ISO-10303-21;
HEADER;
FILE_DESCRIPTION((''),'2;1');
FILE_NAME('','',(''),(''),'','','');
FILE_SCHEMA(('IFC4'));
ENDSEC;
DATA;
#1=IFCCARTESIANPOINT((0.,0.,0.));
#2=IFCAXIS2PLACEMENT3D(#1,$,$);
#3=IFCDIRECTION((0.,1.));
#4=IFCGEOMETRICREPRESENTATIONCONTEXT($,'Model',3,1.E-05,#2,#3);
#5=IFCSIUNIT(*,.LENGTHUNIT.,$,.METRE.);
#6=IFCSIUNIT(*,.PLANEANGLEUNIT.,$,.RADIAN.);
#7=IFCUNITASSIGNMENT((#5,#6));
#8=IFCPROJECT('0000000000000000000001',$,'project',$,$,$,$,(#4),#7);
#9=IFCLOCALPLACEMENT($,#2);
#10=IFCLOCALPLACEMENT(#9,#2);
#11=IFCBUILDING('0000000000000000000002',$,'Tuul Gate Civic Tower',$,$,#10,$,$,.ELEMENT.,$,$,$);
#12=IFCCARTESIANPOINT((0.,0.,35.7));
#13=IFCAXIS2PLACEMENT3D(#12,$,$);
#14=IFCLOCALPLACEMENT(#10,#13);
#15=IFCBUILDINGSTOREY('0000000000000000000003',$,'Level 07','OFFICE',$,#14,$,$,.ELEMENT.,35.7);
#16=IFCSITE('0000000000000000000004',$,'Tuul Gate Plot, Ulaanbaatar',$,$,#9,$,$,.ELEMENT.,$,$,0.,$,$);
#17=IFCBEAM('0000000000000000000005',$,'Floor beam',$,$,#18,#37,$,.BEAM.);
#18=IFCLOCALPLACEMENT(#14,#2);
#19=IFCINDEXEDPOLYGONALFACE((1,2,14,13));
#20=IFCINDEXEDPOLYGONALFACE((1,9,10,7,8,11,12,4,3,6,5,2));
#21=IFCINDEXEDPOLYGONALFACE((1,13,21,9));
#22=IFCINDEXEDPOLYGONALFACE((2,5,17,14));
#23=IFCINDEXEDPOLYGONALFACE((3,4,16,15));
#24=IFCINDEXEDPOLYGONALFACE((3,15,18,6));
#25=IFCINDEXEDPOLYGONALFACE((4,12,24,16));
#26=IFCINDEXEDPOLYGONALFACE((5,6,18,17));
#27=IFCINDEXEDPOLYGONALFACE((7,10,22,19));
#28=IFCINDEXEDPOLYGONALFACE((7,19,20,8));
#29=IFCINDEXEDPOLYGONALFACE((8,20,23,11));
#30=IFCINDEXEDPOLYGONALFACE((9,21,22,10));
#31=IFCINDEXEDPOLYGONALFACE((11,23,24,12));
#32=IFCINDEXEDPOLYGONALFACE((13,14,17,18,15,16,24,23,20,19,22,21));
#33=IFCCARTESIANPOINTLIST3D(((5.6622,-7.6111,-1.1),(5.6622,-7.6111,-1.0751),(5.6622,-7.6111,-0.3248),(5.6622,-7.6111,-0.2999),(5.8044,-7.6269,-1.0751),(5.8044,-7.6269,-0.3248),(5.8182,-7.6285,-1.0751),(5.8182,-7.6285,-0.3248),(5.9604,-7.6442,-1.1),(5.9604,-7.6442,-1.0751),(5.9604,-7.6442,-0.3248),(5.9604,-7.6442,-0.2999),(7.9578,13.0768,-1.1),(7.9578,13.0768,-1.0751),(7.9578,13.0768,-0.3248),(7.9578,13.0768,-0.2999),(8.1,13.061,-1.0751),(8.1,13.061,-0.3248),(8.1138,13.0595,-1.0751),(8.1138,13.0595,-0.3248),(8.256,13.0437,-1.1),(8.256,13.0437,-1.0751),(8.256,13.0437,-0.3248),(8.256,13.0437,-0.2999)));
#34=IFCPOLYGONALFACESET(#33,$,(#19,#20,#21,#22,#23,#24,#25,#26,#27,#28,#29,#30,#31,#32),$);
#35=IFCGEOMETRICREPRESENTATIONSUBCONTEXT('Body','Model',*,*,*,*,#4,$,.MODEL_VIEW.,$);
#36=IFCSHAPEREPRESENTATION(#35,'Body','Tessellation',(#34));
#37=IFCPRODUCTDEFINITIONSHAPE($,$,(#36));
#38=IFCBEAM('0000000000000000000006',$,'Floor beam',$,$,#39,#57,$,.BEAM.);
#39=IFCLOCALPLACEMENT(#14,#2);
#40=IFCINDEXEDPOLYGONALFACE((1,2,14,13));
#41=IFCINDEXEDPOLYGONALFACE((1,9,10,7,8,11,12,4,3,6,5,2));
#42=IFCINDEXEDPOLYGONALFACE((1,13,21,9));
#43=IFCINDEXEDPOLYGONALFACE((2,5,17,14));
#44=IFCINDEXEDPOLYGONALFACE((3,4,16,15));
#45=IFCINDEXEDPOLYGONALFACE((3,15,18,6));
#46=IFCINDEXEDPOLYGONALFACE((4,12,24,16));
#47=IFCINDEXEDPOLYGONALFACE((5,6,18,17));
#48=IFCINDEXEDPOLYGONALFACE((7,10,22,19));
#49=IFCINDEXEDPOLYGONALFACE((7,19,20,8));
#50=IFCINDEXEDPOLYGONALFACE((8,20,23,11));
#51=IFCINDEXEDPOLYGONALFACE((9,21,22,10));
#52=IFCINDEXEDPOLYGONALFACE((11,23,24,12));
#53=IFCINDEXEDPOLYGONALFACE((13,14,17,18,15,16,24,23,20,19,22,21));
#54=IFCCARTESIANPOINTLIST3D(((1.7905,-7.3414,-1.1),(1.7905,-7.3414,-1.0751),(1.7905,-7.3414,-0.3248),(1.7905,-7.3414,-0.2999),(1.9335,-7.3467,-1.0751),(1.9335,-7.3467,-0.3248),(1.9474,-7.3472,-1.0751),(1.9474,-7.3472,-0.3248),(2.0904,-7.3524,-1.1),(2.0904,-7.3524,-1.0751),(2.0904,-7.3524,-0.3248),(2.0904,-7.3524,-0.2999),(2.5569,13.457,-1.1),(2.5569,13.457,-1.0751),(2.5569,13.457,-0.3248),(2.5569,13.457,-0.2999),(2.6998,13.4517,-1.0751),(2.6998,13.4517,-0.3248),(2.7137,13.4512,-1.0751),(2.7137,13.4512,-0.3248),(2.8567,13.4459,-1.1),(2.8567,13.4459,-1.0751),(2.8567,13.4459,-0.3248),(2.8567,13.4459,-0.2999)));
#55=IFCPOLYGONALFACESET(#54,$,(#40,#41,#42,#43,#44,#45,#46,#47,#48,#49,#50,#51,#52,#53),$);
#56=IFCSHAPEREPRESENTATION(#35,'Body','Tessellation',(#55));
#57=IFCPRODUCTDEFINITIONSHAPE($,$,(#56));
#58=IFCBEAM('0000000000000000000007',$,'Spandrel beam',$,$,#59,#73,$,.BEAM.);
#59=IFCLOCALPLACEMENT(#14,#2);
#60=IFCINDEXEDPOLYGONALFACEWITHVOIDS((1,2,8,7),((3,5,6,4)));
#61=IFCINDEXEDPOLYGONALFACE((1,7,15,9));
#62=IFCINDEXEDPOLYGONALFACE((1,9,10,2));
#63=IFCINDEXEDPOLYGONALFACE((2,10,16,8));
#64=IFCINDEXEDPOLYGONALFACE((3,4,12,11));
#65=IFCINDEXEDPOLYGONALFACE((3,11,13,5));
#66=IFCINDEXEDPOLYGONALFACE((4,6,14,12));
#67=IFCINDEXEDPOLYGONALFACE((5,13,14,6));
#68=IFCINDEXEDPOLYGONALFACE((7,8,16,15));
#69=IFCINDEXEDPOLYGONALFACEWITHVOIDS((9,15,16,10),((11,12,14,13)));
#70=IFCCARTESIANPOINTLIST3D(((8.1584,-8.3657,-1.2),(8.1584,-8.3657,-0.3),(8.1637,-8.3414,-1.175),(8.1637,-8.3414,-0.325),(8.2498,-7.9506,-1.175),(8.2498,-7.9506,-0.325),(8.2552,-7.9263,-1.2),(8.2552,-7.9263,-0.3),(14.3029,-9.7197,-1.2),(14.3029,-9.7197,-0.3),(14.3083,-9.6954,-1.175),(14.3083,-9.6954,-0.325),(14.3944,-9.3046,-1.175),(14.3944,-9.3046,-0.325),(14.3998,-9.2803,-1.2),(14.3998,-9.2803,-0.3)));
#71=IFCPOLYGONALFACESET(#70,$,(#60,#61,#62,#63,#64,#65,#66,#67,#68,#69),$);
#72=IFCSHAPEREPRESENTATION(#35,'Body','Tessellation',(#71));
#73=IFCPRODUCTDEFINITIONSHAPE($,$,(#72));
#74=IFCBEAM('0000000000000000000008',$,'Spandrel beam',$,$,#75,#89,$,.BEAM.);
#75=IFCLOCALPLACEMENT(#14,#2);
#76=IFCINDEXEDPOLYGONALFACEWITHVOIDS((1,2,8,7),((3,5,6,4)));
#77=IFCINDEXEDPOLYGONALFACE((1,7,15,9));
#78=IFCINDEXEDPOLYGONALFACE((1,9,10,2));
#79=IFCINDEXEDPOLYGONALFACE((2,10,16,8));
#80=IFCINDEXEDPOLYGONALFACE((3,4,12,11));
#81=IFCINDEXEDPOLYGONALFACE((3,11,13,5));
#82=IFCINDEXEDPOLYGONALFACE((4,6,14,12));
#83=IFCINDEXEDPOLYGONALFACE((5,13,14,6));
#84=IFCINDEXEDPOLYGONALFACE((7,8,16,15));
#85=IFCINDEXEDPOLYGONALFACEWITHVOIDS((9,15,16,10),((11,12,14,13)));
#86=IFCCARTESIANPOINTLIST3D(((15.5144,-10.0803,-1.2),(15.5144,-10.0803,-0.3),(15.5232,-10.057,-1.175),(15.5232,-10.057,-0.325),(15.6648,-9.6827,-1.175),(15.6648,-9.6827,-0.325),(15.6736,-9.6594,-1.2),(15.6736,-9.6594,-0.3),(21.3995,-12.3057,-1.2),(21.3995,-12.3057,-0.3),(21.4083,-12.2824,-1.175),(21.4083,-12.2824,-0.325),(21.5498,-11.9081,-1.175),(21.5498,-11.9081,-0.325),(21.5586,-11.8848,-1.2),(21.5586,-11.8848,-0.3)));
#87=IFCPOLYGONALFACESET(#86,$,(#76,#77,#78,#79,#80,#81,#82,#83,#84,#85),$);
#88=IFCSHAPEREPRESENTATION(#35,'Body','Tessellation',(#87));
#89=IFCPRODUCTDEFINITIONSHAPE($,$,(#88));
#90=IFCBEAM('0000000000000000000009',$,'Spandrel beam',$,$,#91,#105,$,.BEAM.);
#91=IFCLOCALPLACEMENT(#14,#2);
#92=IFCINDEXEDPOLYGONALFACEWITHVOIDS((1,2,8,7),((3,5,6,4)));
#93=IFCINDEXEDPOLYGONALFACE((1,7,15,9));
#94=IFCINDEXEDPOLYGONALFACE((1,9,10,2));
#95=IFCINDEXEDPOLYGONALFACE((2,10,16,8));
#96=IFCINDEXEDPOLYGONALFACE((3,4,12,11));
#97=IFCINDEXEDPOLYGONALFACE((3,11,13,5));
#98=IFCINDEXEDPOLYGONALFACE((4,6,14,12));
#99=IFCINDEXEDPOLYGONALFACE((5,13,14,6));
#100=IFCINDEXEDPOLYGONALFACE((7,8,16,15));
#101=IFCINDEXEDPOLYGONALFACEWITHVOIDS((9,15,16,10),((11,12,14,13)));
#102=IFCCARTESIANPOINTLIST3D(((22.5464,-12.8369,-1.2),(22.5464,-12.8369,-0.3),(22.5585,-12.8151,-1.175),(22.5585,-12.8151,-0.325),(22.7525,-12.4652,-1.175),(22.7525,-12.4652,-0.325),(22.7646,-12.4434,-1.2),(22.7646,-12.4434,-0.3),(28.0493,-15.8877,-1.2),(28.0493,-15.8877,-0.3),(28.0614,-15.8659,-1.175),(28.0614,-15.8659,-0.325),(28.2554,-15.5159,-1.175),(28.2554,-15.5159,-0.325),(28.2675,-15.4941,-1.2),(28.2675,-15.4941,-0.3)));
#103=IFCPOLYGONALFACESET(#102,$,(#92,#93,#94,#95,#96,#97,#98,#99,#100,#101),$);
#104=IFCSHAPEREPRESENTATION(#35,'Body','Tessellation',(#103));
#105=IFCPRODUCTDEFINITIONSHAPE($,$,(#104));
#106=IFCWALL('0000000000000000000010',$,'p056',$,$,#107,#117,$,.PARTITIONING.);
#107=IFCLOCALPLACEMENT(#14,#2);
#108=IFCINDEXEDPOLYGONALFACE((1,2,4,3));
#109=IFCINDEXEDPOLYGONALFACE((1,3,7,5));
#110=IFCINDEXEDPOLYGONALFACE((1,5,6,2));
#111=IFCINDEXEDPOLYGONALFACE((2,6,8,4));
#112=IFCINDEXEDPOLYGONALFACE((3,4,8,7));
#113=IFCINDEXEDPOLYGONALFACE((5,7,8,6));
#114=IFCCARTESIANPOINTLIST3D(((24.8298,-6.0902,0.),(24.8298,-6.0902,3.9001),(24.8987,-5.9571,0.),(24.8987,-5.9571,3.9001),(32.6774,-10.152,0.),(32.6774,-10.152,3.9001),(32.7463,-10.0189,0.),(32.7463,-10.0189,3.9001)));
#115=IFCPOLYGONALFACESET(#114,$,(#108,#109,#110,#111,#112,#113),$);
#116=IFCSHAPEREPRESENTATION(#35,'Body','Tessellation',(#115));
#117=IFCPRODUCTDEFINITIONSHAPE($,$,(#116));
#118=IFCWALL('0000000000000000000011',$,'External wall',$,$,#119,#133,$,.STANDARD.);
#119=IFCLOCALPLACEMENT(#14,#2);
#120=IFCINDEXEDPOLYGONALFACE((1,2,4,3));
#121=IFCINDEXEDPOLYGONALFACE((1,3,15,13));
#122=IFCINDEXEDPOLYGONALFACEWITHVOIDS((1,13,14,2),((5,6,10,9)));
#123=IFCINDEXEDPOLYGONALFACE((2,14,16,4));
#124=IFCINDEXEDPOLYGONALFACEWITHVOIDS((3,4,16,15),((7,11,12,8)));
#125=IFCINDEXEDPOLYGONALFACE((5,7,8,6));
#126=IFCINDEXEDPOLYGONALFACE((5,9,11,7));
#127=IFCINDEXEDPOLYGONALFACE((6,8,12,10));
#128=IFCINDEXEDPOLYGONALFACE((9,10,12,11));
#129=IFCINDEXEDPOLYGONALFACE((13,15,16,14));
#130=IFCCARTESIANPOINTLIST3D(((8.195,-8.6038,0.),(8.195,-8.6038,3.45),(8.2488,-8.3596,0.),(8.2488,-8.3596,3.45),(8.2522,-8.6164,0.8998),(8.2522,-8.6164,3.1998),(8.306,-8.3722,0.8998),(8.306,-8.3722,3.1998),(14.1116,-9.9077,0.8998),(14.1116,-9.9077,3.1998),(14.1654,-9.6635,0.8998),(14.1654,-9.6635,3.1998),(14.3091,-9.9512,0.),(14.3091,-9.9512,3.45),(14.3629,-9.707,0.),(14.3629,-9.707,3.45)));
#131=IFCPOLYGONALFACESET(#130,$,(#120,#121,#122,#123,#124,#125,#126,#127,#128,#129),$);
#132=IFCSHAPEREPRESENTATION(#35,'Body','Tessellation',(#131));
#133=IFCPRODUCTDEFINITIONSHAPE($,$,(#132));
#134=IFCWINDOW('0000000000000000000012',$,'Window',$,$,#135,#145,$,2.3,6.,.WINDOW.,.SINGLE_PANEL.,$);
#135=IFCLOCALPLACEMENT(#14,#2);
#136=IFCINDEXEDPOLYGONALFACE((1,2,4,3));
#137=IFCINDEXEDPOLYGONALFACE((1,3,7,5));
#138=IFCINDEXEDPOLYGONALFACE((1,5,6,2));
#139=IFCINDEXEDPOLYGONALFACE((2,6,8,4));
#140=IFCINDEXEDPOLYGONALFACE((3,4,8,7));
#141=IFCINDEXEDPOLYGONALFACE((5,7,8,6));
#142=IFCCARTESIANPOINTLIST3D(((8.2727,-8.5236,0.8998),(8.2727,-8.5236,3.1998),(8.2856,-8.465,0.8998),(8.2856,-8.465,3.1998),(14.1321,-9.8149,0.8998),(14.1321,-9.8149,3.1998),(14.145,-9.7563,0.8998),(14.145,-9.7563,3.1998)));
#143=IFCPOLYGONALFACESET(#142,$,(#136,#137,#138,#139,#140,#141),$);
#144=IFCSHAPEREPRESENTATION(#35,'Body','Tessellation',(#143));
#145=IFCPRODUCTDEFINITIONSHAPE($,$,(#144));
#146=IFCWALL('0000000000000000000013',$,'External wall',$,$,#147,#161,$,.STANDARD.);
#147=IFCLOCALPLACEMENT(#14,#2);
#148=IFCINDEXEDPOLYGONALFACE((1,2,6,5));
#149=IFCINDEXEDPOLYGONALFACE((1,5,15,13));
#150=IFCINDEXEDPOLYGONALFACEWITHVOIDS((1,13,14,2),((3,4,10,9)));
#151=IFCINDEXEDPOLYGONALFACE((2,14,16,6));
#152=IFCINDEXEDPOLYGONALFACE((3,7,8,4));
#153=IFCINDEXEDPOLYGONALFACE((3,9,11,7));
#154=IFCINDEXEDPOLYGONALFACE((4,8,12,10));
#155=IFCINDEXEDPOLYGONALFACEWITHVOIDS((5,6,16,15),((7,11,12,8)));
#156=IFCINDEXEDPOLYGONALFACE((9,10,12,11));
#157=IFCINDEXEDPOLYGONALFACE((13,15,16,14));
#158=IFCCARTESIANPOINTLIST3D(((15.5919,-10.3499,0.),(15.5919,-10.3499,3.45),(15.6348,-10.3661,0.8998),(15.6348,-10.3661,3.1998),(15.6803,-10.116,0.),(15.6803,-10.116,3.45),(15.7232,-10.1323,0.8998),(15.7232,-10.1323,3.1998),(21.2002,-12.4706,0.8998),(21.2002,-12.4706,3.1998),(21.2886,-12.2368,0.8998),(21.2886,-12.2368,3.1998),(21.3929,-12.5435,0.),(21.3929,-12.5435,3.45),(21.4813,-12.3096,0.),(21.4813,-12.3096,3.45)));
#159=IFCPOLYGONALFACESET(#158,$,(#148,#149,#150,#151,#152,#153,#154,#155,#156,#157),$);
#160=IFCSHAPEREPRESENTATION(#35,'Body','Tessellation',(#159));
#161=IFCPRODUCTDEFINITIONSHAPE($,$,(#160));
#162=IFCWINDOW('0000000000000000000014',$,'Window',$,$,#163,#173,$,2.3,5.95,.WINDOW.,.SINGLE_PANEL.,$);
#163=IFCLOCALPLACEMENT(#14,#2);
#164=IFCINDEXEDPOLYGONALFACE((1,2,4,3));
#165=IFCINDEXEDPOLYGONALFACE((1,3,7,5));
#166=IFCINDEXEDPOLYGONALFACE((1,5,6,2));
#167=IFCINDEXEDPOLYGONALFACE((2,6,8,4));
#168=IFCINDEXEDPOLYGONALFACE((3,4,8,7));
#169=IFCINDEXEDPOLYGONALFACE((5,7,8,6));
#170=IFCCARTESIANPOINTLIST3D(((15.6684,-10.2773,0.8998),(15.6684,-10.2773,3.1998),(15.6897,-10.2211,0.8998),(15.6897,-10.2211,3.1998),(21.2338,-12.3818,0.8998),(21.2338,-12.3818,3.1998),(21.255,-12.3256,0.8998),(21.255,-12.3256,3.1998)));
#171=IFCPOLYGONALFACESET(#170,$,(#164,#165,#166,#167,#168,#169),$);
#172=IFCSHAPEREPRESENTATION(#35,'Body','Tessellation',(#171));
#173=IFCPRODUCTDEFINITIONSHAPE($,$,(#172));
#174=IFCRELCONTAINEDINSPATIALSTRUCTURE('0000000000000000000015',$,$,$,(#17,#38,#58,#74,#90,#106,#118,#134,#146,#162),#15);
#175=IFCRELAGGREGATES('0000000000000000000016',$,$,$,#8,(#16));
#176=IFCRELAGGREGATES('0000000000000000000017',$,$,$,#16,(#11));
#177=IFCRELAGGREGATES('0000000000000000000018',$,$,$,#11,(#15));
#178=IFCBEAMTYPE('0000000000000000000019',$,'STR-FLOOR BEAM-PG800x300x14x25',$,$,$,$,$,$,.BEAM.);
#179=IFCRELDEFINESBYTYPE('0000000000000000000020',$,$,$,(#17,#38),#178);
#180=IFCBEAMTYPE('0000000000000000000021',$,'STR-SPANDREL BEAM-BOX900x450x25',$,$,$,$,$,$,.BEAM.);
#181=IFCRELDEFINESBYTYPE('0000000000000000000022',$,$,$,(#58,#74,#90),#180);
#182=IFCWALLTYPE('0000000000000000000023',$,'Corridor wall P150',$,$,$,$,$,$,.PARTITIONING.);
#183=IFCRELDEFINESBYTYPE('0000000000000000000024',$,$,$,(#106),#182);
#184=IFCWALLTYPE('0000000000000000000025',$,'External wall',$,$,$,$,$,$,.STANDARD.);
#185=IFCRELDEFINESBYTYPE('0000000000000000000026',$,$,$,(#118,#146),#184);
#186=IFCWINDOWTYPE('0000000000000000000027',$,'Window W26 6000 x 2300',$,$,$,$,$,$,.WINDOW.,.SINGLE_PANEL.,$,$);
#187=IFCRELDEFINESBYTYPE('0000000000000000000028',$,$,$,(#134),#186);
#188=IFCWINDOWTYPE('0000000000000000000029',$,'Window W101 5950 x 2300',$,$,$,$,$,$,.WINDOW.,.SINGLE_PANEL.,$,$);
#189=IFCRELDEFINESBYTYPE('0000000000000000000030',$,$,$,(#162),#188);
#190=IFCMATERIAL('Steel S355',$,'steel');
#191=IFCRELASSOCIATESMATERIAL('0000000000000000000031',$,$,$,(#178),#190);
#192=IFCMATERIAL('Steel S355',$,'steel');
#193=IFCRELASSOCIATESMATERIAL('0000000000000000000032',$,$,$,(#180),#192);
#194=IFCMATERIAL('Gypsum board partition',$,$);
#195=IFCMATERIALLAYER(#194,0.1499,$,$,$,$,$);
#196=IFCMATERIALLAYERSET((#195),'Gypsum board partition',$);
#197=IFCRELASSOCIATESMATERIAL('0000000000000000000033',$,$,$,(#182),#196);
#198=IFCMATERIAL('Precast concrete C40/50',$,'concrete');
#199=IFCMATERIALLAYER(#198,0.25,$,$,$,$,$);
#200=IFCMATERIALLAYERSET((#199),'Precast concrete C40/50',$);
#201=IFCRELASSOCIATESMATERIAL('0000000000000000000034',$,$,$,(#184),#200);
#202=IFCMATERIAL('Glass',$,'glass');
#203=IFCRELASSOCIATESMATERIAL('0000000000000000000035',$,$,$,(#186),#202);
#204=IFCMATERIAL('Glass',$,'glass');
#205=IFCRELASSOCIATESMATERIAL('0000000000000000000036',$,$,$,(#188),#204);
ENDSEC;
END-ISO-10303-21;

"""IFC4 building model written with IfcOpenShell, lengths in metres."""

from ifc_helpers import new_model, si_unit, direction, frame, frame_2d, origin, origin_2d, place, context, subcontext, project, spatial, rectangle, hollow_rectangle, i_section, extrude, material, layer, layer_set, material_profile, profile_set, type_object, element, fill, save


model = new_model("IFC4")

# Units and contexts
model_context = context("Model", 3, precision=1e-05, world=origin(), true_north=direction((0.0, 1.0)))
body_context = subcontext(model_context, "Body", "Model", "MODEL_VIEW")
ifc_project = project(units=[si_unit("LENGTHUNIT", "METRE"), si_unit("PLANEANGLEUNIT", "RADIAN")], contexts=[model_context])

# Site, building, storey
site_placement = place(None, origin())
site = spatial("IfcSite", under=ifc_project, at=site_placement, Name="Tuul Gate Plot, Ulaanbaatar", CompositionType="ELEMENT", RefElevation=0.0)
building_placement = place(site_placement, origin())
building = spatial("IfcBuilding", under=site, at=building_placement, Name="Tuul Gate Civic Tower", CompositionType="ELEMENT")
storey_placement = place(building_placement, frame((0.0, 0.0, 35.7)))
storey = spatial("IfcBuildingStorey", under=building, at=storey_placement, Name="Level 07", Description="OFFICE", CompositionType="ELEMENT", Elevation=35.7)

# Beams
ifc_material_1 = material(Name="Steel S355", Category="steel")
ifc_material_profile_1 = material_profile(ifc_material_1, i_section(OverallWidth=0.3, OverallDepth=0.8, WebThickness=0.0139, FlangeThickness=0.0249, at=origin_2d()), Name="PG800x300x14x25")
ifc_profile_set_1 = profile_set([ifc_material_profile_1], Name="Steel S355")
beam_type_1 = type_object("IfcBeamType", Name="STR-FLOOR BEAM-PG800x300x14x25", PredefinedType="BEAM", material=ifc_profile_set_1)
beam_1_placement = place(storey_placement, frame((5.8113, -7.6277, -0.7), z_axis=(0.110289, 0.9939, 0.0), x_axis=(-0.9939, 0.110289, 0.0)))
element("IfcBeam", 1, at=beam_1_placement, inside=storey, type_object=beam_type_1, Name="Floor beam", PredefinedType="BEAM", context=body_context, shape_type="SweptSolid", body=[
    extrude(i_section(OverallWidth=0.3, OverallDepth=0.8, WebThickness=0.0139, FlangeThickness=0.0249, at=origin_2d()), origin(), (0.0, 0.0, 1.0), 20.8149),
])
beam_2_placement = place(storey_placement, frame((1.9404, -7.3469, -0.7), z_axis=(0.036822, 0.999322, 0.0), x_axis=(-0.999322, 0.036822, 0.0)))
element("IfcBeam", 2, at=beam_2_placement, inside=storey, type_object=beam_type_1, Name="Floor beam", PredefinedType="BEAM", context=body_context, shape_type="SweptSolid", body=[
    extrude(i_section(OverallWidth=0.3, OverallDepth=0.8, WebThickness=0.0139, FlangeThickness=0.0249, at=origin_2d()), origin(), (0.0, 0.0, 1.0), 20.8125),
])
ifc_material_2 = material(Name="Steel S355", Category="steel")
ifc_material_profile_2 = material_profile(ifc_material_2, hollow_rectangle(XDim=0.45, YDim=0.8999, WallThickness=0.0249, at=origin_2d()), Name="BOX900x450x25")
ifc_profile_set_2 = profile_set([ifc_material_profile_2], Name="Steel S355")
beam_type_2 = type_object("IfcBeamType", Name="STR-SPANDREL BEAM-BOX900x450x25", PredefinedType="BEAM", material=ifc_profile_set_2)
beam_3_placement = place(storey_placement, frame((8.2068, -8.146, -0.75), z_axis=(0.976571, -0.215196, 0.0), x_axis=(0.215196, 0.976571, 0.0)))
element("IfcBeam", 3, at=beam_3_placement, inside=storey, type_object=beam_type_2, Name="Spandrel beam", PredefinedType="BEAM", context=body_context, shape_type="SweptSolid", body=[
    extrude(hollow_rectangle(XDim=0.45, YDim=0.8999, WallThickness=0.0249, at=origin_2d()), origin(), (0.0, 0.0, 1.0), 6.292),
])
beam_4_placement = place(storey_placement, frame((15.594, -9.8699, -0.75), z_axis=(0.935361, -0.353695, 0.0), x_axis=(0.353695, 0.935361, 0.0)))
element("IfcBeam", 4, at=beam_4_placement, inside=storey, type_object=beam_type_2, Name="Spandrel beam", PredefinedType="BEAM", context=body_context, shape_type="SweptSolid", body=[
    extrude(hollow_rectangle(XDim=0.45, YDim=0.8999, WallThickness=0.0249, at=origin_2d()), origin(), (0.0, 0.0, 1.0), 6.2917),
])
beam_5_placement = place(storey_placement, frame((22.6555, -12.6401, -0.75), z_axis=(0.874589, -0.484865, 0.0), x_axis=(0.484865, 0.874589, 0.0)))
element("IfcBeam", 5, at=beam_5_placement, inside=storey, type_object=beam_type_2, Name="Spandrel beam", PredefinedType="BEAM", context=body_context, shape_type="SweptSolid", body=[
    extrude(hollow_rectangle(XDim=0.45, YDim=0.8999, WallThickness=0.0249, at=origin_2d()), origin(), (0.0, 0.0, 1.0), 6.292),
])

# Wall
ifc_material_3 = material(Name="Gypsum board partition")
ifc_layer_1 = layer(ifc_material_3, 0.1499)
ifc_layer_set_1 = layer_set([ifc_layer_1], Name="Gypsum board partition")
wall_type_1 = type_object("IfcWallType", Name="Corridor wall P150", PredefinedType="PARTITIONING", material=ifc_layer_set_1)
wall_1_placement = place(storey_placement, frame((24.8643, -6.0237, 0.0), z_axis=(0.0, 0.0, 1.0), x_axis=(0.888096, -0.459658, 0.0)))
element("IfcWall", 6, at=wall_1_placement, inside=storey, type_object=wall_type_1, Name="p056", PredefinedType="PARTITIONING", context=body_context, shape_type="SweptSolid", body=[
    extrude(rectangle(XDim=8.8364, YDim=0.1499, at=frame_2d((4.4182, 0.0))), origin(), (0.0, 0.0, 1.0), 3.9001),
])

# Walls, openings, windows
ifc_material_4 = material(Name="Precast concrete C40/50", Category="concrete")
ifc_layer_2 = layer(ifc_material_4, 0.25)
ifc_layer_set_2 = layer_set([ifc_layer_2], Name="Precast concrete C40/50")
wall_type_2 = type_object("IfcWallType", Name="External wall", PredefinedType="STANDARD", material=ifc_layer_set_2)
wall_2_placement = place(storey_placement, frame((8.2219, -8.4817, 0.0), z_axis=(0.0, 0.0, 1.0), x_axis=(0.976566, -0.215217, 0.0)))
wall_2 = element("IfcWall", 7, at=wall_2_placement, inside=storey, type_object=wall_type_2, Name="External wall", PredefinedType="STANDARD", context=body_context, shape_type="SweptSolid", body=[
    extrude(rectangle(XDim=6.2607, YDim=0.25, at=frame_2d((3.1304, 0.0))), origin(), (0.0, 0.0, 1.0), 3.45),
])
opening_1_placement = place(wall_2_placement, frame((0.0586, 0.0, 0.8999)))
opening_1 = element("IfcOpeningElement", 8, at=opening_1_placement, cuts=wall_2, PredefinedType="OPENING", context=body_context, shape_type="SweptSolid", body=[
    extrude(rectangle(XDim=6.0, YDim=2.3, at=frame_2d((3.0, 1.1499))), frame((0.0, 0.135, 0.0), z_axis=(0.0, -1.0, 0.0), x_axis=(1.0, 0.0, 0.0)), (0.0, 0.0, 1.0), 0.27),
])
ifc_material_5 = material(Name="Glass", Category="glass")
window_type_1 = type_object("IfcWindowType", Name="Window W26 6000 x 2300", PartitioningType="SINGLE_PANEL", PredefinedType="WINDOW", material=ifc_material_5)
window_1_placement = place(opening_1_placement, origin())
window_1 = element("IfcWindow", 9, at=window_1_placement, inside=storey, type_object=window_type_1, Name="Window", OverallHeight=2.3, OverallWidth=6.0, PartitioningType="SINGLE_PANEL", PredefinedType="WINDOW", context=body_context, shape_type="SweptSolid", body=[
    extrude(rectangle(XDim=6.0, YDim=2.3, at=frame_2d((3.0, 1.1499))), frame((0.0, 0.03, 0.0), z_axis=(0.0, -1.0, 0.0), x_axis=(1.0, 0.0, 0.0)), (0.0, 0.0, 1.0), 0.0601),
])
fill(opening_1, window_1)
wall_3_placement = place(storey_placement, frame((15.636, -10.2329, 0.0), z_axis=(0.0, 0.0, 1.0), x_axis=(0.93536, -0.353698, 0.0)))
wall_3 = element("IfcWall", 10, at=wall_3_placement, inside=storey, type_object=wall_type_2, Name="External wall", PredefinedType="STANDARD", context=body_context, shape_type="SweptSolid", body=[
    extrude(rectangle(XDim=6.2019, YDim=0.25, at=frame_2d((3.1011, 0.0))), origin(), (0.0, 0.0, 1.0), 3.45),
])
opening_2_placement = place(wall_3_placement, frame((0.0459, 0.0, 0.8999)))
opening_2 = element("IfcOpeningElement", 11, at=opening_2_placement, cuts=wall_3, PredefinedType="OPENING", context=body_context, shape_type="SweptSolid", body=[
    extrude(rectangle(XDim=5.95, YDim=2.3, at=frame_2d((2.9751, 1.1499))), frame((0.0, 0.135, 0.0), z_axis=(0.0, -1.0, 0.0), x_axis=(1.0, 0.0, 0.0)), (0.0, 0.0, 1.0), 0.27),
])
ifc_material_6 = material(Name="Glass", Category="glass")
window_type_2 = type_object("IfcWindowType", Name="Window W101 5950 x 2300", PartitioningType="SINGLE_PANEL", PredefinedType="WINDOW", material=ifc_material_6)
window_2_placement = place(opening_2_placement, origin())
window_2 = element("IfcWindow", 12, at=window_2_placement, inside=storey, type_object=window_type_2, Name="Window", OverallHeight=2.3, OverallWidth=5.95, PartitioningType="SINGLE_PANEL", PredefinedType="WINDOW", context=body_context, shape_type="SweptSolid", body=[
    extrude(rectangle(XDim=5.95, YDim=2.3, at=frame_2d((2.9751, 1.1499))), frame((0.0, 0.03, 0.0), z_axis=(0.0, -1.0, 0.0), x_axis=(1.0, 0.0, 0.0)), (0.0, 0.0, 1.0), 0.0601),
])
fill(opening_2, window_2)

save(model, "model.ifc")
